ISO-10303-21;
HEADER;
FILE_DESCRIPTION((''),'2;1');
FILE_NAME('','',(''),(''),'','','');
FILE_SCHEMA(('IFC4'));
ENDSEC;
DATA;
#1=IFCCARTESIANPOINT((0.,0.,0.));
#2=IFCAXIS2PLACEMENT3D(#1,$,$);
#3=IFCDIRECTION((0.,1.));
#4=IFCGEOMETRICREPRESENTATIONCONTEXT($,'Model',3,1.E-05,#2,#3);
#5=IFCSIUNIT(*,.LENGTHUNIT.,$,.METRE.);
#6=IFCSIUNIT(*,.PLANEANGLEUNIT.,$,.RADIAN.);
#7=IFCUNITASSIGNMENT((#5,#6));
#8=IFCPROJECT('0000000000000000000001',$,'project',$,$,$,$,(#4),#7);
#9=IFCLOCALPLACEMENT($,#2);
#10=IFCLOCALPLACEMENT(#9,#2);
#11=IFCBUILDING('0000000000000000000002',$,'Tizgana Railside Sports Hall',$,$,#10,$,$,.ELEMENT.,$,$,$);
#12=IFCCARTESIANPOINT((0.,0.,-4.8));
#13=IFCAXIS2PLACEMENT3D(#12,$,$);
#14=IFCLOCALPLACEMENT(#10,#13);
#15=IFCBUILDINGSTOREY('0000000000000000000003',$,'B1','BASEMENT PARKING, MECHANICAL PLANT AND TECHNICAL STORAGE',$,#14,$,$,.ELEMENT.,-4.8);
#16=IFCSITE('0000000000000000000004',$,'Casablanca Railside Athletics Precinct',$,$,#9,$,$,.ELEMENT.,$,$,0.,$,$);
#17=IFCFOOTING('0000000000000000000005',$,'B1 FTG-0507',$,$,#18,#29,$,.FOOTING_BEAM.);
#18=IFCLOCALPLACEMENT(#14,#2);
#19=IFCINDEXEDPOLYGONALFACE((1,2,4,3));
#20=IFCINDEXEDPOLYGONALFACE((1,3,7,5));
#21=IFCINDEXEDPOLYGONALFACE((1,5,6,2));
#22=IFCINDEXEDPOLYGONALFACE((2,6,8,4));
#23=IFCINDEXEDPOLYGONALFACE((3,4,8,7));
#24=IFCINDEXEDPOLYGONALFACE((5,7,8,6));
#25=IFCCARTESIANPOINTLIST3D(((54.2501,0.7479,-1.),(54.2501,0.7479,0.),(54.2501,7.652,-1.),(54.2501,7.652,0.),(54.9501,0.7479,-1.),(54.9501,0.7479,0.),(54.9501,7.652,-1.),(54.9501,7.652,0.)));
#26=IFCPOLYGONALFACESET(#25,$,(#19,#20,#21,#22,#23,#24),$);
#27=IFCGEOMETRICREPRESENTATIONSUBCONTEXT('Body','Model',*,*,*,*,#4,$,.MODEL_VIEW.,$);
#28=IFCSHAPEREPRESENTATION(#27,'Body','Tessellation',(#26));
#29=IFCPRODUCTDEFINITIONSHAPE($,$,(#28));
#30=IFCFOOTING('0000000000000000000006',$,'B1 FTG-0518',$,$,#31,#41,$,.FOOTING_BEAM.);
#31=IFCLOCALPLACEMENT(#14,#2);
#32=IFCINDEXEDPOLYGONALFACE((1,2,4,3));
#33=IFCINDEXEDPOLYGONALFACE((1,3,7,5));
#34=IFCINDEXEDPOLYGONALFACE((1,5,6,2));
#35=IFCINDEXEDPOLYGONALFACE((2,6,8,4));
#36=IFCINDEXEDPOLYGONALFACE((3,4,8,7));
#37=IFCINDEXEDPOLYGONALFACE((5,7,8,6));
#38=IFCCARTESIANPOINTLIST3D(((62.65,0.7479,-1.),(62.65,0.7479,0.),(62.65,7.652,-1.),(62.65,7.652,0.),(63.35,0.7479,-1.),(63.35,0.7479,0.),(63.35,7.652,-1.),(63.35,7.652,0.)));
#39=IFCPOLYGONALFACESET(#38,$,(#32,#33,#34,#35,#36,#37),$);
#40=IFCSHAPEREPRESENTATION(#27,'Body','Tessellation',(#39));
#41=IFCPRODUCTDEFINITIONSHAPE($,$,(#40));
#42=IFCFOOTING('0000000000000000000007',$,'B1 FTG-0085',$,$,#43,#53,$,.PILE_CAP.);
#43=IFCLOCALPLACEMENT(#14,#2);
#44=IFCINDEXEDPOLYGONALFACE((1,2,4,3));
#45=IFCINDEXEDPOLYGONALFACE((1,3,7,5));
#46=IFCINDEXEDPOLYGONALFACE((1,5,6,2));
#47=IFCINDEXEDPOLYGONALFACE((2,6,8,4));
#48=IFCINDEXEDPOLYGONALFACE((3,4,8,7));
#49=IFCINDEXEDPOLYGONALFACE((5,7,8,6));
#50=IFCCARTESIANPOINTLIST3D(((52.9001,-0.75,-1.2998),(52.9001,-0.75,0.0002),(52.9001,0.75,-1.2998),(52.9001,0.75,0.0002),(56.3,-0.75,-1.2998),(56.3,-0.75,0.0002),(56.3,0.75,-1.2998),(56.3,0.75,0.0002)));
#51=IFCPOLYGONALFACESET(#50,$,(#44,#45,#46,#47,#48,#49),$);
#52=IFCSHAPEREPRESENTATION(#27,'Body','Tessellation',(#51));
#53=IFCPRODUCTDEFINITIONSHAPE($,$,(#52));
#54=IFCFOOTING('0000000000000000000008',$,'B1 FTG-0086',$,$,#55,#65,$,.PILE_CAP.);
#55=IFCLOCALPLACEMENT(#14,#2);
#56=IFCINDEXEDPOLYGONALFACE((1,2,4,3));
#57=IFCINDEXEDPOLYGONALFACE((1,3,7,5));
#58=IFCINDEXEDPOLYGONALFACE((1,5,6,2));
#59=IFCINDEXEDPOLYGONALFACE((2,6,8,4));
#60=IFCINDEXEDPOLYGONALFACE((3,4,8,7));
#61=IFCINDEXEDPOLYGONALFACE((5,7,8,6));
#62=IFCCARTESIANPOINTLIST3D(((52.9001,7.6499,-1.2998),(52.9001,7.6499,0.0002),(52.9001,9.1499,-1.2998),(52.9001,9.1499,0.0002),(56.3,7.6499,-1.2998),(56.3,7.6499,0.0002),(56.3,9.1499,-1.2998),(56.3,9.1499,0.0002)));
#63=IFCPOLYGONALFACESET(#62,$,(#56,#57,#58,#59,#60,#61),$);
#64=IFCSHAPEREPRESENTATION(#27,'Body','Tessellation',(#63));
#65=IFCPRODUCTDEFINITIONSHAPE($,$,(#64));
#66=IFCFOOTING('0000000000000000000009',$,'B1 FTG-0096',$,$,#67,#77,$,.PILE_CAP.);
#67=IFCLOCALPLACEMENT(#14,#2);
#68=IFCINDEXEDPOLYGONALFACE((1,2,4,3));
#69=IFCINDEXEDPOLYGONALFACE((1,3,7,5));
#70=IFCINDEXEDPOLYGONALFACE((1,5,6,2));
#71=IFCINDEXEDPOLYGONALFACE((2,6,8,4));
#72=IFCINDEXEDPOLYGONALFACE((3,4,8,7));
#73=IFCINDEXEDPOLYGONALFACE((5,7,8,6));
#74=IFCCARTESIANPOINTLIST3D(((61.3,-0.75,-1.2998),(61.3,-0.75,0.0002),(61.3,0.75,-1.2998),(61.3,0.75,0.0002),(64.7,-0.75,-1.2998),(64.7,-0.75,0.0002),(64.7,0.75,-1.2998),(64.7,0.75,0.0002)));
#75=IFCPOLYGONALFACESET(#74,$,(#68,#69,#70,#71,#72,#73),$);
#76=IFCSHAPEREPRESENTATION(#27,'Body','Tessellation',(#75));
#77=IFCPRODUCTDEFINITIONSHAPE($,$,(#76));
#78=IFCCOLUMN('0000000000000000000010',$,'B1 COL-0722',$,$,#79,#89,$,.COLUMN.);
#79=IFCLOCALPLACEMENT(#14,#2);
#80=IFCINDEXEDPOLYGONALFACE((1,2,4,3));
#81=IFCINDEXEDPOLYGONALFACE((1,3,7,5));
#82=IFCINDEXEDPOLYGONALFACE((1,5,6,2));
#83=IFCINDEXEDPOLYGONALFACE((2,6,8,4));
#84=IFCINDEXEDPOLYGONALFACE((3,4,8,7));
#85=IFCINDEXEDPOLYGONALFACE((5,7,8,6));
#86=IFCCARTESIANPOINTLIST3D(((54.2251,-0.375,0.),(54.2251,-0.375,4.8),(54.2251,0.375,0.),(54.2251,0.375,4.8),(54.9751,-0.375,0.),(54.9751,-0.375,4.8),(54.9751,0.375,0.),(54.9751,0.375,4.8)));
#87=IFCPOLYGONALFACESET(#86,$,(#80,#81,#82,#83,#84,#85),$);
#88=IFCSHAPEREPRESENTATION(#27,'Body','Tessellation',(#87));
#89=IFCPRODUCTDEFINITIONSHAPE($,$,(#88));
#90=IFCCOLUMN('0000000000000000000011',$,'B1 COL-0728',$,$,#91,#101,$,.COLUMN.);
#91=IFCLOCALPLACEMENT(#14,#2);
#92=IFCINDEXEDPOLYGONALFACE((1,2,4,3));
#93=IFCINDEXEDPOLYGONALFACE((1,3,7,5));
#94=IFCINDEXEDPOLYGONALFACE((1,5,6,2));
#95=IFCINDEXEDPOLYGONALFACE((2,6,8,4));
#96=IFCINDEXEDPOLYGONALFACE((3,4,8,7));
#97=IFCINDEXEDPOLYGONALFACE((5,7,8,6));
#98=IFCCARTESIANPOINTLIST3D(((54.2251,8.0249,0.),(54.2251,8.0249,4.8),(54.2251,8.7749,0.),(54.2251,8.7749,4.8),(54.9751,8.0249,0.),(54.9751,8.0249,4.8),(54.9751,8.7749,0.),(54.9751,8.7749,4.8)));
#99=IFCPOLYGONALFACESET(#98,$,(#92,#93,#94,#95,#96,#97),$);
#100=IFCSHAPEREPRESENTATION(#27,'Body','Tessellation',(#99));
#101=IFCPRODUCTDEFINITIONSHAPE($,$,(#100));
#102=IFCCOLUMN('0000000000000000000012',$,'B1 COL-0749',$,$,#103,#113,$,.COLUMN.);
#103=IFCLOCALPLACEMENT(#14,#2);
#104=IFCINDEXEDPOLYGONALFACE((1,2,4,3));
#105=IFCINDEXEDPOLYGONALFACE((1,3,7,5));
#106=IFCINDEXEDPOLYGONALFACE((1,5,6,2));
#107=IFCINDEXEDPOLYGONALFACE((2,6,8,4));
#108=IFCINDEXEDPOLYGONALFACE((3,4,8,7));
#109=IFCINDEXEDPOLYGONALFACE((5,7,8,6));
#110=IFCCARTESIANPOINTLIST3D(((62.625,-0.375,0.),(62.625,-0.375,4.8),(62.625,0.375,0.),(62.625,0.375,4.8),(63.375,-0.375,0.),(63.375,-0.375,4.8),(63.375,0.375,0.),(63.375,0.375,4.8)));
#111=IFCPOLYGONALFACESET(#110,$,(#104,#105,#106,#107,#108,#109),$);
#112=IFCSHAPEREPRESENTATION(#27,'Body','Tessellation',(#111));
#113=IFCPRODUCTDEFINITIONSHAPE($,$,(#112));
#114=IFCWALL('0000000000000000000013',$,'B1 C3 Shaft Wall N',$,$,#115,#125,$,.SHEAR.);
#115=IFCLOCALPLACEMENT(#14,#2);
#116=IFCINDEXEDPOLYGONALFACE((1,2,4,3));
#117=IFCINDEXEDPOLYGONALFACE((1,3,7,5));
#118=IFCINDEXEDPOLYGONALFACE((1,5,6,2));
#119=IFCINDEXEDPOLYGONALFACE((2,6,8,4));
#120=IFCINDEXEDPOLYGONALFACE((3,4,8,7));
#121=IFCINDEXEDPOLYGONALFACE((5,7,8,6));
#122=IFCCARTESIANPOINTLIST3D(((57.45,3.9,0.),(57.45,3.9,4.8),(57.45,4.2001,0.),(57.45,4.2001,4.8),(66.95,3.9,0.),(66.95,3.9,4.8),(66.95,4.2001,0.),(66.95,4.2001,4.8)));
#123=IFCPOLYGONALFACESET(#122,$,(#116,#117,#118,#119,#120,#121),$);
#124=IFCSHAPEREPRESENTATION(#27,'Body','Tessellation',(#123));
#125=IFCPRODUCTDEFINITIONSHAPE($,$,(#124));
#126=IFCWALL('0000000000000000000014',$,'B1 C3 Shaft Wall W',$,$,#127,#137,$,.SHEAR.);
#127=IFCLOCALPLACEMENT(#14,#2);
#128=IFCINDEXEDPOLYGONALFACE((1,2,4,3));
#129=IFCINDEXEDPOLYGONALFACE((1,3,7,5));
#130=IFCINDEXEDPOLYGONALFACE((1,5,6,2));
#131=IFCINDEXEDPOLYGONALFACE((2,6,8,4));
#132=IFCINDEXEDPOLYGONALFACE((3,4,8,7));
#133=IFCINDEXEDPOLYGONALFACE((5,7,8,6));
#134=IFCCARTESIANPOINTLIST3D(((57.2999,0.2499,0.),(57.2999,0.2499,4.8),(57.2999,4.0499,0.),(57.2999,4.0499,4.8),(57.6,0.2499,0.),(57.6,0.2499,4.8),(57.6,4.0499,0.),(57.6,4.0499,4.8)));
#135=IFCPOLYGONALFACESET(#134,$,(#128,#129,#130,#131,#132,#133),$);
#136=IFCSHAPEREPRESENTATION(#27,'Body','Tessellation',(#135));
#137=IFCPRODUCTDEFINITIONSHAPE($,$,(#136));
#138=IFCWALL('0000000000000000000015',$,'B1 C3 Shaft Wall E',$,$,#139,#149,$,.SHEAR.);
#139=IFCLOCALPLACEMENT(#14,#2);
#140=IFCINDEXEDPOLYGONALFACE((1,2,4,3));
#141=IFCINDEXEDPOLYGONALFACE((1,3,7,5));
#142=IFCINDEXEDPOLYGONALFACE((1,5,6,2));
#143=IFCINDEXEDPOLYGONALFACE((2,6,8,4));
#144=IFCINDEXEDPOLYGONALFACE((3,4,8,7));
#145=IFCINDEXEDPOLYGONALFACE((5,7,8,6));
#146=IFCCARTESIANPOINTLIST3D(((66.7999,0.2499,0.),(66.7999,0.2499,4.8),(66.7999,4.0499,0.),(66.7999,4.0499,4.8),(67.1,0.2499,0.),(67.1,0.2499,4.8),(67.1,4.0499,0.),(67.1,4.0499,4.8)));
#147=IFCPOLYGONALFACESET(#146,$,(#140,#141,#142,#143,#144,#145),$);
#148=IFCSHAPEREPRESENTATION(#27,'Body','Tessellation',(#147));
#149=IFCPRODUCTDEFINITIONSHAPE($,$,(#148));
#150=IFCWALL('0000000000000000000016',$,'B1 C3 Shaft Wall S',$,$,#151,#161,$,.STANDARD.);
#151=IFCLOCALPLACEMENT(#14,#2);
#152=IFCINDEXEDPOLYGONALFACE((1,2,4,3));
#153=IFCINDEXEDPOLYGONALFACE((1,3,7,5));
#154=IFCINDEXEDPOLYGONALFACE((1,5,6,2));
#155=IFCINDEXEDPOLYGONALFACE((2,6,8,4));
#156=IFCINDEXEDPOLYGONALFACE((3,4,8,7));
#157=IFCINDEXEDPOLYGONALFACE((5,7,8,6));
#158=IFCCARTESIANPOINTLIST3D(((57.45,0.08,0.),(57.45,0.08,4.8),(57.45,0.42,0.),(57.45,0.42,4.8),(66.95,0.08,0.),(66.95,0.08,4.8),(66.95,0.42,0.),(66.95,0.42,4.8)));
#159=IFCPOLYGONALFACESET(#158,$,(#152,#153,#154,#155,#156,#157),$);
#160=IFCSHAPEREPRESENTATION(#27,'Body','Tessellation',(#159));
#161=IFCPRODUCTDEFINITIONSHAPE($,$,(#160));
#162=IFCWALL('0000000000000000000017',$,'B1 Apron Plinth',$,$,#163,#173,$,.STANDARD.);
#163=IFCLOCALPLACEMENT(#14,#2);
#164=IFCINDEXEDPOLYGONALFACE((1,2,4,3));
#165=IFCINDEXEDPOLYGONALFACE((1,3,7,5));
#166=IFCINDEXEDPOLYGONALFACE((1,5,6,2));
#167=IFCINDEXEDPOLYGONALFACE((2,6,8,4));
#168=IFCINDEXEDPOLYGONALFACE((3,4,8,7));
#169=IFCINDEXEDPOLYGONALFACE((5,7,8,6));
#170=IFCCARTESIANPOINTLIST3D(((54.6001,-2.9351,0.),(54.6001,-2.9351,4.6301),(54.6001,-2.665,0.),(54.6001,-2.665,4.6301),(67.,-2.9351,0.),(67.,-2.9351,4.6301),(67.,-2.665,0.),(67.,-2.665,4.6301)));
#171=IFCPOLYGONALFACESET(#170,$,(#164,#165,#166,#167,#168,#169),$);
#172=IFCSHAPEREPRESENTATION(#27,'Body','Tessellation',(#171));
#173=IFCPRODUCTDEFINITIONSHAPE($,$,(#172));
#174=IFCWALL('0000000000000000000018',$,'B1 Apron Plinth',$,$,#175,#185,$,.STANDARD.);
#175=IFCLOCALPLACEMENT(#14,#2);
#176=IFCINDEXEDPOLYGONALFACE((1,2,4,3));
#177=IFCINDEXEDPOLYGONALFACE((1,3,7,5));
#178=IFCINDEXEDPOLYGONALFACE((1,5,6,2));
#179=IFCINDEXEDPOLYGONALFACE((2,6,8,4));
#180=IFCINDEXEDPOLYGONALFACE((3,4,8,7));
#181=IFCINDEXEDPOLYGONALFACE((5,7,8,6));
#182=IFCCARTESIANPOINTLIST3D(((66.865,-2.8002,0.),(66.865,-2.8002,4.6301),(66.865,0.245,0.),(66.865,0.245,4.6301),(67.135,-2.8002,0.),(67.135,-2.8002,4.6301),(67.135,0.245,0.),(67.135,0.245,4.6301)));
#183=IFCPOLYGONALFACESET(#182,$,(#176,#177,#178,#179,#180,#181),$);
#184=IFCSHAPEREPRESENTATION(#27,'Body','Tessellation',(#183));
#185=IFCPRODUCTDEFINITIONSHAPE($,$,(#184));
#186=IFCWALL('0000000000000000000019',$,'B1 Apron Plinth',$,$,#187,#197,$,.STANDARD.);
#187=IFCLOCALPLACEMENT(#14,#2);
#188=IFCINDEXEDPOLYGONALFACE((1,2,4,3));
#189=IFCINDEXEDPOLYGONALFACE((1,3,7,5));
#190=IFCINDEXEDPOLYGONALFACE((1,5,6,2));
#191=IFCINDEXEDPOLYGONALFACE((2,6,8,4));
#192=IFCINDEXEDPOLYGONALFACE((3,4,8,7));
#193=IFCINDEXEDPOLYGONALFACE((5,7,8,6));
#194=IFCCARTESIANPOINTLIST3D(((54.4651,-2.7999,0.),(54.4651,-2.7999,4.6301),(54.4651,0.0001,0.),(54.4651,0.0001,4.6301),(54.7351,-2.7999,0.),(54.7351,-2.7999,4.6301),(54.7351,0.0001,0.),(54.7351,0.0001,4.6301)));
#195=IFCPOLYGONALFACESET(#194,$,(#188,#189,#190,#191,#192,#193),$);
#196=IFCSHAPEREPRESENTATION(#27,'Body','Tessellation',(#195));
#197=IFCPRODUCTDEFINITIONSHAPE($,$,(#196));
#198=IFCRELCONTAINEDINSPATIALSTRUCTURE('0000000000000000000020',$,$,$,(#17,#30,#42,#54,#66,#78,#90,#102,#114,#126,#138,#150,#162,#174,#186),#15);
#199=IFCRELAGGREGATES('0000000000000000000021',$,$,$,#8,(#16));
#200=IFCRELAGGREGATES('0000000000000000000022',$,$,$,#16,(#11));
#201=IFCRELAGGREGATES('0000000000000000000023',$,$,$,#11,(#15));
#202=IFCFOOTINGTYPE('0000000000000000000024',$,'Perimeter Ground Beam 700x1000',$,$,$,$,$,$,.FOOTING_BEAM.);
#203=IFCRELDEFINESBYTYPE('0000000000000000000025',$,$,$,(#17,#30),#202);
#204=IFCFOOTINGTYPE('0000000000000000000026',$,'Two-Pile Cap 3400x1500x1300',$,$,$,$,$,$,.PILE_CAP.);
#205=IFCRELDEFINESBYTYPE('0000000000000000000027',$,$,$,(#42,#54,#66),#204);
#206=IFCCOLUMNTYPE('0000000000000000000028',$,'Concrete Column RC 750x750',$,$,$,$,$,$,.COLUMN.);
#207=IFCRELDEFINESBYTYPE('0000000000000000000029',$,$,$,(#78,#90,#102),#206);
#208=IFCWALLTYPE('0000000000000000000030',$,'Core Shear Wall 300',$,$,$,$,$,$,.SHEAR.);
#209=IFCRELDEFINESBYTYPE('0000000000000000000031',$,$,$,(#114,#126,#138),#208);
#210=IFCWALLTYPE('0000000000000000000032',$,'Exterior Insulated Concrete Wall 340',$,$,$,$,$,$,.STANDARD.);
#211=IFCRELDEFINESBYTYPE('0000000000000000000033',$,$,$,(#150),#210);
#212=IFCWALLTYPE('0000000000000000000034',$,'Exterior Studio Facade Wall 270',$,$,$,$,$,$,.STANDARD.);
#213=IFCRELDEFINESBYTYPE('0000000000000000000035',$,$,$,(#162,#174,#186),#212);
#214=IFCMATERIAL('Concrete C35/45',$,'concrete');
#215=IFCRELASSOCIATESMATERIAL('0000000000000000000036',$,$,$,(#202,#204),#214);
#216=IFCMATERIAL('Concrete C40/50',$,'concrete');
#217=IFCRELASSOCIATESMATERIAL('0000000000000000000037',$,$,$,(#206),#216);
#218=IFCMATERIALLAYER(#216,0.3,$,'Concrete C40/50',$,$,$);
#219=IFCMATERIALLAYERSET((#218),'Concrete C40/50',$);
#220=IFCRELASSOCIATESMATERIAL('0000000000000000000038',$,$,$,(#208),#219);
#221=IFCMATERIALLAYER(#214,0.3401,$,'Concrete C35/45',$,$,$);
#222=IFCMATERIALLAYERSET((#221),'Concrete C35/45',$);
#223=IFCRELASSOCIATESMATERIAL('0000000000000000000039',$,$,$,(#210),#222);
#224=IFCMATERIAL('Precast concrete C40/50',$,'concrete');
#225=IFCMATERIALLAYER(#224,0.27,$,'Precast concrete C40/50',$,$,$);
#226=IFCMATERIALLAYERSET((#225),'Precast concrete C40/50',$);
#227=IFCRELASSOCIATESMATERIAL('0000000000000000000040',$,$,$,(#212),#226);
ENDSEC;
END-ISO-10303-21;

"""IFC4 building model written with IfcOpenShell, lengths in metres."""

from ifc_helpers import new_model, si_unit, direction, frame, frame_2d, origin, origin_2d, place, context, subcontext, project, spatial, rectangle, extrude, material, layer, layer_set, material_profile, profile_set, type_object, element, save


model = new_model("IFC4")

# Units and contexts
model_context = context("Model", 3, precision=1e-05, world=origin(), true_north=direction((0.0, 1.0)))
body_context = subcontext(model_context, "Body", "Model", "MODEL_VIEW")
ifc_project = project(units=[si_unit("LENGTHUNIT", "METRE"), si_unit("PLANEANGLEUNIT", "RADIAN")], contexts=[model_context])

# Site, building, storey
site_placement = place(None, origin())
site = spatial("IfcSite", under=ifc_project, at=site_placement, Name="Casablanca Railside Athletics Precinct", CompositionType="ELEMENT", RefElevation=0.0)
building_placement = place(site_placement, origin())
building = spatial("IfcBuilding", under=site, at=building_placement, Name="Tizgana Railside Sports Hall", CompositionType="ELEMENT")
storey_placement = place(building_placement, frame((0.0, 0.0, -4.8)))
storey = spatial("IfcBuildingStorey", under=building, at=storey_placement, Name="B1", Description="BASEMENT PARKING, MECHANICAL PLANT AND TECHNICAL STORAGE", CompositionType="ELEMENT", Elevation=-4.8)

# Shared definitions
ifc_material_1 = material(Name="Concrete C35/45", Category="concrete")

# Footings
footing_type_1 = type_object("IfcFootingType", Name="Perimeter Ground Beam 700x1000", PredefinedType="FOOTING_BEAM", material=ifc_material_1)
for number, where, z_axis, x_axis, name in (
    (1, (54.6001, 4.2, -1.0), (0.0, 0.0, 1.0), (0.0, 1.0, 0.0), "B1 FTG-0507"),
    (2, (63.0, 4.2, -1.0), (0.0, 0.0, 1.0), (0.0, 1.0, 0.0), "B1 FTG-0518"),
):
    element("IfcFooting", number, at=place(storey_placement, frame(where, z_axis=z_axis, x_axis=x_axis)), inside=storey, type_object=footing_type_1, Name=name, PredefinedType="FOOTING_BEAM", context=body_context, shape_type="SweptSolid", body=[
        extrude(rectangle(XDim=6.9041, YDim=0.7, at=origin_2d()), origin(), (0.0, 0.0, 1.0), 1.0),
    ])
footing_type_2 = type_object("IfcFootingType", Name="Two-Pile Cap 3400x1500x1300", PredefinedType="PILE_CAP", material=ifc_material_1)
for number, where, z_axis, x_axis, name in (
    (3, (54.6001, 0.0, -1.2998), (0.0, 0.0, 1.0), (1.0, 0.0, 0.0), "B1 FTG-0085"),
    (4, (54.6001, 8.3999, -1.2998), (0.0, 0.0, 1.0), (1.0, 0.0, 0.0), "B1 FTG-0086"),
    (5, (63.0, 0.0, -1.2998), (0.0, 0.0, 1.0), (1.0, 0.0, 0.0), "B1 FTG-0096"),
):
    element("IfcFooting", number, at=place(storey_placement, frame(where, z_axis=z_axis, x_axis=x_axis)), inside=storey, type_object=footing_type_2, Name=name, PredefinedType="PILE_CAP", context=body_context, shape_type="SweptSolid", body=[
        extrude(rectangle(XDim=3.3999, YDim=1.5, at=origin_2d()), origin(), (0.0, 0.0, 1.0), 1.3),
    ])

# Columns
ifc_material_2 = material(Name="Concrete C40/50", Category="concrete")
ifc_material_profile_1 = material_profile(ifc_material_2, rectangle(XDim=0.75, YDim=0.75, at=origin_2d()), Name="RC 750x750")
ifc_profile_set_1 = profile_set([ifc_material_profile_1], Name="Concrete C40/50")
column_type = type_object("IfcColumnType", Name="Concrete Column RC 750x750", PredefinedType="COLUMN", material=ifc_profile_set_1)
for number, where, z_axis, x_axis, name in (
    (6, (54.6001, 0.0, 0.0), (0.0, 0.0, 1.0), (1.0, 0.0, 0.0), "B1 COL-0722"),
    (7, (54.6001, 8.3999, 0.0), (0.0, 0.0, 1.0), (1.0, 0.0, 0.0), "B1 COL-0728"),
    (8, (63.0, 0.0, 0.0), (0.0, 0.0, 1.0), (1.0, 0.0, 0.0), "B1 COL-0749"),
):
    element("IfcColumn", number, at=place(storey_placement, frame(where, z_axis=z_axis, x_axis=x_axis)), inside=storey, type_object=column_type, Name=name, PredefinedType="COLUMN", context=body_context, shape_type="SweptSolid", body=[
        extrude(rectangle(XDim=0.75, YDim=0.75, at=origin_2d()), origin(), (0.0, 0.0, 1.0), 4.8),
    ])

# Walls
ifc_layer_1 = layer(ifc_material_2, 0.3, Name="Concrete C40/50")
ifc_layer_set_1 = layer_set([ifc_layer_1], Name="Concrete C40/50")
wall_type_1 = type_object("IfcWallType", Name="Core Shear Wall 300", PredefinedType="SHEAR", material=ifc_layer_set_1)
wall_1_placement = place(storey_placement, frame((57.45, 4.05, 0.0), z_axis=(0.0, 0.0, 1.0), x_axis=(1.0, 0.0, 0.0)))
element("IfcWall", 9, at=wall_1_placement, inside=storey, type_object=wall_type_1, Name="B1 C3 Shaft Wall N", PredefinedType="SHEAR", context=body_context, shape_type="SweptSolid", body=[
    extrude(rectangle(XDim=9.5, YDim=0.3, at=frame_2d((4.75, 0.0))), origin(), (0.0, 0.0, 1.0), 4.8),
])
for number, where, z_axis, x_axis, name in (
    (10, (57.45, 0.25, 0.0), (0.0, 0.0, 1.0), (0.0, 1.0, 0.0), "B1 C3 Shaft Wall W"),
    (11, (66.95, 0.25, 0.0), (0.0, 0.0, 1.0), (0.0, 1.0, 0.0), "B1 C3 Shaft Wall E"),
):
    element("IfcWall", number, at=place(storey_placement, frame(where, z_axis=z_axis, x_axis=x_axis)), inside=storey, type_object=wall_type_1, Name=name, PredefinedType="SHEAR", context=body_context, shape_type="SweptSolid", body=[
        extrude(rectangle(XDim=3.8, YDim=0.3, at=frame_2d((1.8999, 0.0))), origin(), (0.0, 0.0, 1.0), 4.8),
    ])
ifc_layer_2 = layer(ifc_material_1, 0.3401, Name="Concrete C35/45")
ifc_layer_set_2 = layer_set([ifc_layer_2], Name="Concrete C35/45")
wall_type_2 = type_object("IfcWallType", Name="Exterior Insulated Concrete Wall 340", PredefinedType="STANDARD", material=ifc_layer_set_2)
wall_2_placement = place(storey_placement, frame((66.95, 0.25, 0.0), z_axis=(0.0, 0.0, 1.0), x_axis=(-1.0, 0.0, 0.0)))
element("IfcWall", 12, at=wall_2_placement, inside=storey, type_object=wall_type_2, Name="B1 C3 Shaft Wall S", PredefinedType="STANDARD", context=body_context, shape_type="SweptSolid", body=[
    extrude(rectangle(XDim=9.5, YDim=0.3401, at=frame_2d((4.75, 0.0))), origin(), (0.0, 0.0, 1.0), 4.8),
])
ifc_material_3 = material(Name="Precast concrete C40/50", Category="concrete")
ifc_layer_3 = layer(ifc_material_3, 0.27, Name="Precast concrete C40/50")
ifc_layer_set_3 = layer_set([ifc_layer_3], Name="Precast concrete C40/50")
wall_type_3 = type_object("IfcWallType", Name="Exterior Studio Facade Wall 270", PredefinedType="STANDARD", material=ifc_layer_set_3)
wall_3_placement = place(storey_placement, frame((54.6001, -2.8, 0.0), z_axis=(0.0, 0.0, 1.0), x_axis=(1.0, 0.0, 0.0)))
element("IfcWall", 13, at=wall_3_placement, inside=storey, type_object=wall_type_3, Name="B1 Apron Plinth", PredefinedType="STANDARD", context=body_context, shape_type="SweptSolid", body=[
    extrude(rectangle(XDim=12.3999, YDim=0.27, at=frame_2d((6.2, 0.0))), origin(), (0.0, 0.0, 1.0), 4.6301),
])
wall_4_placement = place(storey_placement, frame((67.0, -2.8, 0.0), z_axis=(0.0, 0.0, 1.0), x_axis=(0.0, 1.0, 0.0)))
element("IfcWall", 14, at=wall_4_placement, inside=storey, type_object=wall_type_3, Name="B1 Apron Plinth", PredefinedType="STANDARD", context=body_context, shape_type="SweptSolid", body=[
    extrude(rectangle(XDim=3.0452, YDim=0.27, at=frame_2d((1.5225, 0.0))), origin(), (0.0, 0.0, 1.0), 4.6301),
])
wall_5_placement = place(storey_placement, frame((54.6001, 0.0, 0.0), z_axis=(0.0, 0.0, 1.0), x_axis=(0.0, -1.0, 0.0)))
element("IfcWall", 15, at=wall_5_placement, inside=storey, type_object=wall_type_3, Name="B1 Apron Plinth", PredefinedType="STANDARD", context=body_context, shape_type="SweptSolid", body=[
    extrude(rectangle(XDim=2.8, YDim=0.27, at=frame_2d((1.3999, 0.0))), origin(), (0.0, 0.0, 1.0), 4.6301),
])

save(model, "model.ifc")
